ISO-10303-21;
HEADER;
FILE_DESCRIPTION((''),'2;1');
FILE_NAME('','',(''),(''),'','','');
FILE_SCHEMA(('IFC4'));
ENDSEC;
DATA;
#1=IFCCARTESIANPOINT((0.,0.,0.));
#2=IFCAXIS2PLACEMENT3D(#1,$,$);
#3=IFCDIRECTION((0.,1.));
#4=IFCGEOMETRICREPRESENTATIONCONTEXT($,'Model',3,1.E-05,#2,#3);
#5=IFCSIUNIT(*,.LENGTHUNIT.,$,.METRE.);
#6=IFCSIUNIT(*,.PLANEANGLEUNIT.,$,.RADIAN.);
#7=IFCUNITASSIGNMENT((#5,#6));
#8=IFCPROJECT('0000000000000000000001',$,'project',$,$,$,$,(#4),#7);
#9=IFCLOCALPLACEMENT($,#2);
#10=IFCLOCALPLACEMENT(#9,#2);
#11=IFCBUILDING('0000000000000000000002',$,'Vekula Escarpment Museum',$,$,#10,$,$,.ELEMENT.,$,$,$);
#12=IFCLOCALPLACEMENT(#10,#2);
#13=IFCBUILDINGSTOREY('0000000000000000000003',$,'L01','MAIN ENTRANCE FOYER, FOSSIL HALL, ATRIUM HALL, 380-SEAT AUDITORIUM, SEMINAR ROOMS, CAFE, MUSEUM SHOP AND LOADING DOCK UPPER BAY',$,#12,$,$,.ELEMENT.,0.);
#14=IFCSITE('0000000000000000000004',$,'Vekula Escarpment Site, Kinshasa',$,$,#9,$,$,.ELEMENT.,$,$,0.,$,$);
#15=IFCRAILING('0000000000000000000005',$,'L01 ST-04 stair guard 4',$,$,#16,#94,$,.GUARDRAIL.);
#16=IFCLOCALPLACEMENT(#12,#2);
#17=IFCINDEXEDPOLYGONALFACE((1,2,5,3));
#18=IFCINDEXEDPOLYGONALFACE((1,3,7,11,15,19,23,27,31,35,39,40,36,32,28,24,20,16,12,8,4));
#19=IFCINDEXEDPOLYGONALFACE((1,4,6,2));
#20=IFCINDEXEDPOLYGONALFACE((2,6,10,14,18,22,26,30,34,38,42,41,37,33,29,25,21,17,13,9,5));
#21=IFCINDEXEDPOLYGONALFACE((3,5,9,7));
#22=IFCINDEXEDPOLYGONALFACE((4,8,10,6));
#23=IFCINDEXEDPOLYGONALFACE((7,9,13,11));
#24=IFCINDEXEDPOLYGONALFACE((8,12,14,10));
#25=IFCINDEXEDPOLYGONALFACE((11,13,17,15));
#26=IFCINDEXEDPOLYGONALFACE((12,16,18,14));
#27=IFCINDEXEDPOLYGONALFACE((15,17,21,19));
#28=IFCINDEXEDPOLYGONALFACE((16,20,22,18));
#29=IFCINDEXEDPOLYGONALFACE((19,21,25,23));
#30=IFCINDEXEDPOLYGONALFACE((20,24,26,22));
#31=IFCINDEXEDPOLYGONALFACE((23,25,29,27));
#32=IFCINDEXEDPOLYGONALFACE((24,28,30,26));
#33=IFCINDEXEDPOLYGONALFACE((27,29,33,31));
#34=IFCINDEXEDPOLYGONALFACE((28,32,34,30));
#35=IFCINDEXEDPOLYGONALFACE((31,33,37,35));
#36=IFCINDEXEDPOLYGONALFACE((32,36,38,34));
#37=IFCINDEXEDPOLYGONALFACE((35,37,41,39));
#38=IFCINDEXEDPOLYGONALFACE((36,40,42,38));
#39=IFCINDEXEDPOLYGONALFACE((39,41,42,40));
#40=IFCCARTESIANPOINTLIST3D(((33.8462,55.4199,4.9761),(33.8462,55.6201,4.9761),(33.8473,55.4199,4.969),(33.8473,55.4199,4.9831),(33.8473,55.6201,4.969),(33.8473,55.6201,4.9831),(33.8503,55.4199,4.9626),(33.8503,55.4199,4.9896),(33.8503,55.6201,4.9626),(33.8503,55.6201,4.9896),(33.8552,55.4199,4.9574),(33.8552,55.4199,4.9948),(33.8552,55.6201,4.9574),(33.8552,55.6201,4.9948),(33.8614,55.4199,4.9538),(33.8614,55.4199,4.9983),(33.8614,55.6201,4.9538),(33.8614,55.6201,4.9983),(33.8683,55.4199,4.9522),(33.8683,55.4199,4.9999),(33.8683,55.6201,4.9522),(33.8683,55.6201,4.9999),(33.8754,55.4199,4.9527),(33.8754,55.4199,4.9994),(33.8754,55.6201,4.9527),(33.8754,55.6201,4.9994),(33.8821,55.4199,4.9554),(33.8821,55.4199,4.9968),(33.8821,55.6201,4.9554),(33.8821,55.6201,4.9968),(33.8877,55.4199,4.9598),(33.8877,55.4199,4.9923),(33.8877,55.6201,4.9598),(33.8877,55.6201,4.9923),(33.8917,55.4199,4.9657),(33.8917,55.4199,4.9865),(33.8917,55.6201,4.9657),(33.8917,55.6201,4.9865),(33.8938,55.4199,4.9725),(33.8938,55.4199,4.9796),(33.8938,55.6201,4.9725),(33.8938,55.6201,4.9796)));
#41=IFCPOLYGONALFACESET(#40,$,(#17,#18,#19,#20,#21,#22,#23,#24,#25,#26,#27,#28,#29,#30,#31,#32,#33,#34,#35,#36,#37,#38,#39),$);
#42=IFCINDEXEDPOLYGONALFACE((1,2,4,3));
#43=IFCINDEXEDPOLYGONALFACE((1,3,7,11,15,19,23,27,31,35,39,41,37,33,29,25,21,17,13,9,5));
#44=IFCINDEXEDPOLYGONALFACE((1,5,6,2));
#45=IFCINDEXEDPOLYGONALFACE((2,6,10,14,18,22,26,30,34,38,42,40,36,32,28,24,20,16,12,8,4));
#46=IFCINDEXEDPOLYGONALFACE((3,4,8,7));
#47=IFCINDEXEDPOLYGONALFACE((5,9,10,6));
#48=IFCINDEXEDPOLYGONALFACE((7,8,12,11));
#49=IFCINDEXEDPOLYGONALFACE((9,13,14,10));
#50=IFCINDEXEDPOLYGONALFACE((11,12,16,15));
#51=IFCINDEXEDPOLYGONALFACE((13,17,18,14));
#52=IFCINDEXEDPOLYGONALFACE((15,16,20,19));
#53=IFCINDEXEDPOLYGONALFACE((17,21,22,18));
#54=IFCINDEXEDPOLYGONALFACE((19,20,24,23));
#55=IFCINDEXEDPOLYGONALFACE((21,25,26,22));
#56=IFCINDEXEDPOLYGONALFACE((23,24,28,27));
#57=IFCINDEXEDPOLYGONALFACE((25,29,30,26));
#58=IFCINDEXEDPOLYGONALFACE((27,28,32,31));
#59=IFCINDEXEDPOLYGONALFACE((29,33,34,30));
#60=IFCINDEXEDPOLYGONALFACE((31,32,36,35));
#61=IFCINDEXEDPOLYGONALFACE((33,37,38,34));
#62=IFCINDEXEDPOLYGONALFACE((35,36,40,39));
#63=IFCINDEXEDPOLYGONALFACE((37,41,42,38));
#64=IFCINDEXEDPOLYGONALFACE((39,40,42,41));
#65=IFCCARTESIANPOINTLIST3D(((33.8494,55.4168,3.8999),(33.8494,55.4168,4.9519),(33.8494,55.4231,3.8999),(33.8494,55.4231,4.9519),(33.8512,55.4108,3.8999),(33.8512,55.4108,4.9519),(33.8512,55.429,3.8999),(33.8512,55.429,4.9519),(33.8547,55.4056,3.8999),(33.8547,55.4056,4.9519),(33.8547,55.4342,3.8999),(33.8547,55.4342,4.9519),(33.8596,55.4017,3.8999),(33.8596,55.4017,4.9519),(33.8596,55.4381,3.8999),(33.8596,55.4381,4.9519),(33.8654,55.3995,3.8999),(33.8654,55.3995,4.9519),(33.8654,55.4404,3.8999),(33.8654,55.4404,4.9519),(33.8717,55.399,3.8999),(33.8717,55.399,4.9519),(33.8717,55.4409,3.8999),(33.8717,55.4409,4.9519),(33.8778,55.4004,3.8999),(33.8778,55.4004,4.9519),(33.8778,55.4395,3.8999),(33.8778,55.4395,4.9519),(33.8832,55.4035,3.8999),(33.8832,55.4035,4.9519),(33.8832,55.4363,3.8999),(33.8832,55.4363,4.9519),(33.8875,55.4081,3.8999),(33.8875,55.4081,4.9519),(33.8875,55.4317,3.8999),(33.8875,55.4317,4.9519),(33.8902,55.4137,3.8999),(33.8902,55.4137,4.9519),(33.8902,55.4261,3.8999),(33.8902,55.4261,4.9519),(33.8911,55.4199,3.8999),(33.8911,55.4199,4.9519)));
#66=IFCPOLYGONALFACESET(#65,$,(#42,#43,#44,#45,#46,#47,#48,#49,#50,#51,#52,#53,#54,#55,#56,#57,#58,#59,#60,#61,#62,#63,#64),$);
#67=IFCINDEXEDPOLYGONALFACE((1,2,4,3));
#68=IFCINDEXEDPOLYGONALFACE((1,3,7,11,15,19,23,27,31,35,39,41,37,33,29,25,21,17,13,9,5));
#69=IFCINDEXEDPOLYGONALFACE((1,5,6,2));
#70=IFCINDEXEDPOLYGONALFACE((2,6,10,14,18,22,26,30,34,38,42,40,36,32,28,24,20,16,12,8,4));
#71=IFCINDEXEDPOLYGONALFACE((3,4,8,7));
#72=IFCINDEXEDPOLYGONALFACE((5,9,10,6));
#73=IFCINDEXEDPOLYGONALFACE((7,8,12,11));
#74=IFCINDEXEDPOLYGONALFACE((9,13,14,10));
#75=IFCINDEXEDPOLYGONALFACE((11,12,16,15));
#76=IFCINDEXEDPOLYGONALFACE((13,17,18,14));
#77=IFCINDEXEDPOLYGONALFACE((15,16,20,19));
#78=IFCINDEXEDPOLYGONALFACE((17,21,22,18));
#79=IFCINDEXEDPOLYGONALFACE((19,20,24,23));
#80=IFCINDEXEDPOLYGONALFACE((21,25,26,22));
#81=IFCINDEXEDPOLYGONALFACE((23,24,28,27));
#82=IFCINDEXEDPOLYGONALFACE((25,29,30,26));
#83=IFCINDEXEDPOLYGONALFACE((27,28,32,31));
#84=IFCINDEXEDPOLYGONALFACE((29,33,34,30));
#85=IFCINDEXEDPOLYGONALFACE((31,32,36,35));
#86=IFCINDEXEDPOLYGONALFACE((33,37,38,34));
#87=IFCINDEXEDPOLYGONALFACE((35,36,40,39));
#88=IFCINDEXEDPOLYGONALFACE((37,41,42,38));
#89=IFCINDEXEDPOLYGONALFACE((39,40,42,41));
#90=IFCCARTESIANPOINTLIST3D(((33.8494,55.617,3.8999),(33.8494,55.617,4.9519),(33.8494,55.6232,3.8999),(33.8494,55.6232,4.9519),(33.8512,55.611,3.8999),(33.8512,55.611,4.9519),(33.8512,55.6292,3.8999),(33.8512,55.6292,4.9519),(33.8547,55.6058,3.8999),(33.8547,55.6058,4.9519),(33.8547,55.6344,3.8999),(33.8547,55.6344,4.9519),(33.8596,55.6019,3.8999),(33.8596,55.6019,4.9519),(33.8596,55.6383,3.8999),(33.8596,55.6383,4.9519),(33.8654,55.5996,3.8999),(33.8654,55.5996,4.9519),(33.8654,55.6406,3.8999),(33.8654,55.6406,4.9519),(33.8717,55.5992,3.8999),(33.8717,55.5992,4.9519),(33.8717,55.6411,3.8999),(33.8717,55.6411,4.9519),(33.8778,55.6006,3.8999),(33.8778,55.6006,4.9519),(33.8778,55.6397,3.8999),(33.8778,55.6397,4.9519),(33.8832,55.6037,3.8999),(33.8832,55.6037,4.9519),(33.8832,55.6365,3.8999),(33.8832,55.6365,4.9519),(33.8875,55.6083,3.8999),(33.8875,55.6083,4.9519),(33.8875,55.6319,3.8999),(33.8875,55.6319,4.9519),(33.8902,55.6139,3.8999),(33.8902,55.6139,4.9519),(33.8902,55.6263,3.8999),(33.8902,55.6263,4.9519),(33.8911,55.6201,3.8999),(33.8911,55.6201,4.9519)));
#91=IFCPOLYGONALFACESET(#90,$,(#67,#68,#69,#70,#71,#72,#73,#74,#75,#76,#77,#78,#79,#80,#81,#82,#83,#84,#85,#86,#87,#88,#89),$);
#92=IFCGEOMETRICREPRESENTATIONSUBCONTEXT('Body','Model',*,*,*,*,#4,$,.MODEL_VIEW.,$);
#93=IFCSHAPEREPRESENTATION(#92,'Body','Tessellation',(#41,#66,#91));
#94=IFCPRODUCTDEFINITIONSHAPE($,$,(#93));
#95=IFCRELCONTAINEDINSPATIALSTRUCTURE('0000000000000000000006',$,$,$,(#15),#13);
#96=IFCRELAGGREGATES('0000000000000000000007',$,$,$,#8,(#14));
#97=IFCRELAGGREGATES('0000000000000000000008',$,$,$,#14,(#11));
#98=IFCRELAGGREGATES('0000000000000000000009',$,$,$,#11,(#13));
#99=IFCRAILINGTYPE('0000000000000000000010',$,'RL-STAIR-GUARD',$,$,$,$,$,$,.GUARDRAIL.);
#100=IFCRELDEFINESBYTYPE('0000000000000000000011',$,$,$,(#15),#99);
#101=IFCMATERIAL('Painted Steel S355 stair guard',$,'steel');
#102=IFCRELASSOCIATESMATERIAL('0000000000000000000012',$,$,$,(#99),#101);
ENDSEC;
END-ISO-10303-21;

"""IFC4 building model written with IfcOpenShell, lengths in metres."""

from ifc_helpers import new_model, si_unit, direction, frame, origin, origin_2d, place, context, subcontext, project, spatial, circle, extrude, material, type_object, element, save


model = new_model("IFC4")

# Units and contexts
model_context = context("Model", 3, precision=1e-05, world=origin(), true_north=direction((0.0, 1.0)))
body_context = subcontext(model_context, "Body", "Model", "MODEL_VIEW")
ifc_project = project(units=[si_unit("LENGTHUNIT", "METRE"), si_unit("PLANEANGLEUNIT", "RADIAN")], contexts=[model_context])

# Site, building, storey
site_placement = place(None, origin())
site = spatial("IfcSite", under=ifc_project, at=site_placement, Name="Vekula Escarpment Site, Kinshasa", CompositionType="ELEMENT", RefElevation=0.0)
building_placement = place(site_placement, origin())
building = spatial("IfcBuilding", under=site, at=building_placement, Name="Vekula Escarpment Museum", CompositionType="ELEMENT")
storey_placement = place(building_placement, origin())
storey = spatial("IfcBuildingStorey", under=building, at=storey_placement, Name="L01", Description="MAIN ENTRANCE FOYER, FOSSIL HALL, ATRIUM HALL, 380-SEAT AUDITORIUM, SEMINAR ROOMS, CAFE, MUSEUM SHOP AND LOADING DOCK UPPER BAY", CompositionType="ELEMENT", Elevation=0.0)

# Railing
ifc_material_1 = material(Name="Painted Steel S355 stair guard", Category="steel")
railing_type_1 = type_object("IfcRailingType", Name="RL-STAIR-GUARD", PredefinedType="GUARDRAIL", material=ifc_material_1)
railing_1_placement = place(storey_placement, frame((33.8701, 55.4199, 3.8999)))
element("IfcRailing", 1, at=railing_1_placement, inside=storey, type_object=railing_type_1, Name="L01 ST-04 stair guard 4", PredefinedType="GUARDRAIL", context=body_context, shape_type="SweptSolid", body=[
    extrude(circle(Radius=0.0239, at=origin_2d()), frame((0.0, 0.0, 1.0762), z_axis=(0.0, 1.0, 0.0), x_axis=(-1.0, 0.0, 0.0)), (0.0, 0.0, 1.0), 0.2002),
    extrude(circle(Radius=0.021, at=origin_2d()), origin(), (0.0, 0.0, 1.0), 1.052),
    extrude(circle(Radius=0.021, at=origin_2d()), frame((0.0, 0.2002, 0.0)), (0.0, 0.0, 1.0), 1.052),
])

save(model, "model.ifc")
